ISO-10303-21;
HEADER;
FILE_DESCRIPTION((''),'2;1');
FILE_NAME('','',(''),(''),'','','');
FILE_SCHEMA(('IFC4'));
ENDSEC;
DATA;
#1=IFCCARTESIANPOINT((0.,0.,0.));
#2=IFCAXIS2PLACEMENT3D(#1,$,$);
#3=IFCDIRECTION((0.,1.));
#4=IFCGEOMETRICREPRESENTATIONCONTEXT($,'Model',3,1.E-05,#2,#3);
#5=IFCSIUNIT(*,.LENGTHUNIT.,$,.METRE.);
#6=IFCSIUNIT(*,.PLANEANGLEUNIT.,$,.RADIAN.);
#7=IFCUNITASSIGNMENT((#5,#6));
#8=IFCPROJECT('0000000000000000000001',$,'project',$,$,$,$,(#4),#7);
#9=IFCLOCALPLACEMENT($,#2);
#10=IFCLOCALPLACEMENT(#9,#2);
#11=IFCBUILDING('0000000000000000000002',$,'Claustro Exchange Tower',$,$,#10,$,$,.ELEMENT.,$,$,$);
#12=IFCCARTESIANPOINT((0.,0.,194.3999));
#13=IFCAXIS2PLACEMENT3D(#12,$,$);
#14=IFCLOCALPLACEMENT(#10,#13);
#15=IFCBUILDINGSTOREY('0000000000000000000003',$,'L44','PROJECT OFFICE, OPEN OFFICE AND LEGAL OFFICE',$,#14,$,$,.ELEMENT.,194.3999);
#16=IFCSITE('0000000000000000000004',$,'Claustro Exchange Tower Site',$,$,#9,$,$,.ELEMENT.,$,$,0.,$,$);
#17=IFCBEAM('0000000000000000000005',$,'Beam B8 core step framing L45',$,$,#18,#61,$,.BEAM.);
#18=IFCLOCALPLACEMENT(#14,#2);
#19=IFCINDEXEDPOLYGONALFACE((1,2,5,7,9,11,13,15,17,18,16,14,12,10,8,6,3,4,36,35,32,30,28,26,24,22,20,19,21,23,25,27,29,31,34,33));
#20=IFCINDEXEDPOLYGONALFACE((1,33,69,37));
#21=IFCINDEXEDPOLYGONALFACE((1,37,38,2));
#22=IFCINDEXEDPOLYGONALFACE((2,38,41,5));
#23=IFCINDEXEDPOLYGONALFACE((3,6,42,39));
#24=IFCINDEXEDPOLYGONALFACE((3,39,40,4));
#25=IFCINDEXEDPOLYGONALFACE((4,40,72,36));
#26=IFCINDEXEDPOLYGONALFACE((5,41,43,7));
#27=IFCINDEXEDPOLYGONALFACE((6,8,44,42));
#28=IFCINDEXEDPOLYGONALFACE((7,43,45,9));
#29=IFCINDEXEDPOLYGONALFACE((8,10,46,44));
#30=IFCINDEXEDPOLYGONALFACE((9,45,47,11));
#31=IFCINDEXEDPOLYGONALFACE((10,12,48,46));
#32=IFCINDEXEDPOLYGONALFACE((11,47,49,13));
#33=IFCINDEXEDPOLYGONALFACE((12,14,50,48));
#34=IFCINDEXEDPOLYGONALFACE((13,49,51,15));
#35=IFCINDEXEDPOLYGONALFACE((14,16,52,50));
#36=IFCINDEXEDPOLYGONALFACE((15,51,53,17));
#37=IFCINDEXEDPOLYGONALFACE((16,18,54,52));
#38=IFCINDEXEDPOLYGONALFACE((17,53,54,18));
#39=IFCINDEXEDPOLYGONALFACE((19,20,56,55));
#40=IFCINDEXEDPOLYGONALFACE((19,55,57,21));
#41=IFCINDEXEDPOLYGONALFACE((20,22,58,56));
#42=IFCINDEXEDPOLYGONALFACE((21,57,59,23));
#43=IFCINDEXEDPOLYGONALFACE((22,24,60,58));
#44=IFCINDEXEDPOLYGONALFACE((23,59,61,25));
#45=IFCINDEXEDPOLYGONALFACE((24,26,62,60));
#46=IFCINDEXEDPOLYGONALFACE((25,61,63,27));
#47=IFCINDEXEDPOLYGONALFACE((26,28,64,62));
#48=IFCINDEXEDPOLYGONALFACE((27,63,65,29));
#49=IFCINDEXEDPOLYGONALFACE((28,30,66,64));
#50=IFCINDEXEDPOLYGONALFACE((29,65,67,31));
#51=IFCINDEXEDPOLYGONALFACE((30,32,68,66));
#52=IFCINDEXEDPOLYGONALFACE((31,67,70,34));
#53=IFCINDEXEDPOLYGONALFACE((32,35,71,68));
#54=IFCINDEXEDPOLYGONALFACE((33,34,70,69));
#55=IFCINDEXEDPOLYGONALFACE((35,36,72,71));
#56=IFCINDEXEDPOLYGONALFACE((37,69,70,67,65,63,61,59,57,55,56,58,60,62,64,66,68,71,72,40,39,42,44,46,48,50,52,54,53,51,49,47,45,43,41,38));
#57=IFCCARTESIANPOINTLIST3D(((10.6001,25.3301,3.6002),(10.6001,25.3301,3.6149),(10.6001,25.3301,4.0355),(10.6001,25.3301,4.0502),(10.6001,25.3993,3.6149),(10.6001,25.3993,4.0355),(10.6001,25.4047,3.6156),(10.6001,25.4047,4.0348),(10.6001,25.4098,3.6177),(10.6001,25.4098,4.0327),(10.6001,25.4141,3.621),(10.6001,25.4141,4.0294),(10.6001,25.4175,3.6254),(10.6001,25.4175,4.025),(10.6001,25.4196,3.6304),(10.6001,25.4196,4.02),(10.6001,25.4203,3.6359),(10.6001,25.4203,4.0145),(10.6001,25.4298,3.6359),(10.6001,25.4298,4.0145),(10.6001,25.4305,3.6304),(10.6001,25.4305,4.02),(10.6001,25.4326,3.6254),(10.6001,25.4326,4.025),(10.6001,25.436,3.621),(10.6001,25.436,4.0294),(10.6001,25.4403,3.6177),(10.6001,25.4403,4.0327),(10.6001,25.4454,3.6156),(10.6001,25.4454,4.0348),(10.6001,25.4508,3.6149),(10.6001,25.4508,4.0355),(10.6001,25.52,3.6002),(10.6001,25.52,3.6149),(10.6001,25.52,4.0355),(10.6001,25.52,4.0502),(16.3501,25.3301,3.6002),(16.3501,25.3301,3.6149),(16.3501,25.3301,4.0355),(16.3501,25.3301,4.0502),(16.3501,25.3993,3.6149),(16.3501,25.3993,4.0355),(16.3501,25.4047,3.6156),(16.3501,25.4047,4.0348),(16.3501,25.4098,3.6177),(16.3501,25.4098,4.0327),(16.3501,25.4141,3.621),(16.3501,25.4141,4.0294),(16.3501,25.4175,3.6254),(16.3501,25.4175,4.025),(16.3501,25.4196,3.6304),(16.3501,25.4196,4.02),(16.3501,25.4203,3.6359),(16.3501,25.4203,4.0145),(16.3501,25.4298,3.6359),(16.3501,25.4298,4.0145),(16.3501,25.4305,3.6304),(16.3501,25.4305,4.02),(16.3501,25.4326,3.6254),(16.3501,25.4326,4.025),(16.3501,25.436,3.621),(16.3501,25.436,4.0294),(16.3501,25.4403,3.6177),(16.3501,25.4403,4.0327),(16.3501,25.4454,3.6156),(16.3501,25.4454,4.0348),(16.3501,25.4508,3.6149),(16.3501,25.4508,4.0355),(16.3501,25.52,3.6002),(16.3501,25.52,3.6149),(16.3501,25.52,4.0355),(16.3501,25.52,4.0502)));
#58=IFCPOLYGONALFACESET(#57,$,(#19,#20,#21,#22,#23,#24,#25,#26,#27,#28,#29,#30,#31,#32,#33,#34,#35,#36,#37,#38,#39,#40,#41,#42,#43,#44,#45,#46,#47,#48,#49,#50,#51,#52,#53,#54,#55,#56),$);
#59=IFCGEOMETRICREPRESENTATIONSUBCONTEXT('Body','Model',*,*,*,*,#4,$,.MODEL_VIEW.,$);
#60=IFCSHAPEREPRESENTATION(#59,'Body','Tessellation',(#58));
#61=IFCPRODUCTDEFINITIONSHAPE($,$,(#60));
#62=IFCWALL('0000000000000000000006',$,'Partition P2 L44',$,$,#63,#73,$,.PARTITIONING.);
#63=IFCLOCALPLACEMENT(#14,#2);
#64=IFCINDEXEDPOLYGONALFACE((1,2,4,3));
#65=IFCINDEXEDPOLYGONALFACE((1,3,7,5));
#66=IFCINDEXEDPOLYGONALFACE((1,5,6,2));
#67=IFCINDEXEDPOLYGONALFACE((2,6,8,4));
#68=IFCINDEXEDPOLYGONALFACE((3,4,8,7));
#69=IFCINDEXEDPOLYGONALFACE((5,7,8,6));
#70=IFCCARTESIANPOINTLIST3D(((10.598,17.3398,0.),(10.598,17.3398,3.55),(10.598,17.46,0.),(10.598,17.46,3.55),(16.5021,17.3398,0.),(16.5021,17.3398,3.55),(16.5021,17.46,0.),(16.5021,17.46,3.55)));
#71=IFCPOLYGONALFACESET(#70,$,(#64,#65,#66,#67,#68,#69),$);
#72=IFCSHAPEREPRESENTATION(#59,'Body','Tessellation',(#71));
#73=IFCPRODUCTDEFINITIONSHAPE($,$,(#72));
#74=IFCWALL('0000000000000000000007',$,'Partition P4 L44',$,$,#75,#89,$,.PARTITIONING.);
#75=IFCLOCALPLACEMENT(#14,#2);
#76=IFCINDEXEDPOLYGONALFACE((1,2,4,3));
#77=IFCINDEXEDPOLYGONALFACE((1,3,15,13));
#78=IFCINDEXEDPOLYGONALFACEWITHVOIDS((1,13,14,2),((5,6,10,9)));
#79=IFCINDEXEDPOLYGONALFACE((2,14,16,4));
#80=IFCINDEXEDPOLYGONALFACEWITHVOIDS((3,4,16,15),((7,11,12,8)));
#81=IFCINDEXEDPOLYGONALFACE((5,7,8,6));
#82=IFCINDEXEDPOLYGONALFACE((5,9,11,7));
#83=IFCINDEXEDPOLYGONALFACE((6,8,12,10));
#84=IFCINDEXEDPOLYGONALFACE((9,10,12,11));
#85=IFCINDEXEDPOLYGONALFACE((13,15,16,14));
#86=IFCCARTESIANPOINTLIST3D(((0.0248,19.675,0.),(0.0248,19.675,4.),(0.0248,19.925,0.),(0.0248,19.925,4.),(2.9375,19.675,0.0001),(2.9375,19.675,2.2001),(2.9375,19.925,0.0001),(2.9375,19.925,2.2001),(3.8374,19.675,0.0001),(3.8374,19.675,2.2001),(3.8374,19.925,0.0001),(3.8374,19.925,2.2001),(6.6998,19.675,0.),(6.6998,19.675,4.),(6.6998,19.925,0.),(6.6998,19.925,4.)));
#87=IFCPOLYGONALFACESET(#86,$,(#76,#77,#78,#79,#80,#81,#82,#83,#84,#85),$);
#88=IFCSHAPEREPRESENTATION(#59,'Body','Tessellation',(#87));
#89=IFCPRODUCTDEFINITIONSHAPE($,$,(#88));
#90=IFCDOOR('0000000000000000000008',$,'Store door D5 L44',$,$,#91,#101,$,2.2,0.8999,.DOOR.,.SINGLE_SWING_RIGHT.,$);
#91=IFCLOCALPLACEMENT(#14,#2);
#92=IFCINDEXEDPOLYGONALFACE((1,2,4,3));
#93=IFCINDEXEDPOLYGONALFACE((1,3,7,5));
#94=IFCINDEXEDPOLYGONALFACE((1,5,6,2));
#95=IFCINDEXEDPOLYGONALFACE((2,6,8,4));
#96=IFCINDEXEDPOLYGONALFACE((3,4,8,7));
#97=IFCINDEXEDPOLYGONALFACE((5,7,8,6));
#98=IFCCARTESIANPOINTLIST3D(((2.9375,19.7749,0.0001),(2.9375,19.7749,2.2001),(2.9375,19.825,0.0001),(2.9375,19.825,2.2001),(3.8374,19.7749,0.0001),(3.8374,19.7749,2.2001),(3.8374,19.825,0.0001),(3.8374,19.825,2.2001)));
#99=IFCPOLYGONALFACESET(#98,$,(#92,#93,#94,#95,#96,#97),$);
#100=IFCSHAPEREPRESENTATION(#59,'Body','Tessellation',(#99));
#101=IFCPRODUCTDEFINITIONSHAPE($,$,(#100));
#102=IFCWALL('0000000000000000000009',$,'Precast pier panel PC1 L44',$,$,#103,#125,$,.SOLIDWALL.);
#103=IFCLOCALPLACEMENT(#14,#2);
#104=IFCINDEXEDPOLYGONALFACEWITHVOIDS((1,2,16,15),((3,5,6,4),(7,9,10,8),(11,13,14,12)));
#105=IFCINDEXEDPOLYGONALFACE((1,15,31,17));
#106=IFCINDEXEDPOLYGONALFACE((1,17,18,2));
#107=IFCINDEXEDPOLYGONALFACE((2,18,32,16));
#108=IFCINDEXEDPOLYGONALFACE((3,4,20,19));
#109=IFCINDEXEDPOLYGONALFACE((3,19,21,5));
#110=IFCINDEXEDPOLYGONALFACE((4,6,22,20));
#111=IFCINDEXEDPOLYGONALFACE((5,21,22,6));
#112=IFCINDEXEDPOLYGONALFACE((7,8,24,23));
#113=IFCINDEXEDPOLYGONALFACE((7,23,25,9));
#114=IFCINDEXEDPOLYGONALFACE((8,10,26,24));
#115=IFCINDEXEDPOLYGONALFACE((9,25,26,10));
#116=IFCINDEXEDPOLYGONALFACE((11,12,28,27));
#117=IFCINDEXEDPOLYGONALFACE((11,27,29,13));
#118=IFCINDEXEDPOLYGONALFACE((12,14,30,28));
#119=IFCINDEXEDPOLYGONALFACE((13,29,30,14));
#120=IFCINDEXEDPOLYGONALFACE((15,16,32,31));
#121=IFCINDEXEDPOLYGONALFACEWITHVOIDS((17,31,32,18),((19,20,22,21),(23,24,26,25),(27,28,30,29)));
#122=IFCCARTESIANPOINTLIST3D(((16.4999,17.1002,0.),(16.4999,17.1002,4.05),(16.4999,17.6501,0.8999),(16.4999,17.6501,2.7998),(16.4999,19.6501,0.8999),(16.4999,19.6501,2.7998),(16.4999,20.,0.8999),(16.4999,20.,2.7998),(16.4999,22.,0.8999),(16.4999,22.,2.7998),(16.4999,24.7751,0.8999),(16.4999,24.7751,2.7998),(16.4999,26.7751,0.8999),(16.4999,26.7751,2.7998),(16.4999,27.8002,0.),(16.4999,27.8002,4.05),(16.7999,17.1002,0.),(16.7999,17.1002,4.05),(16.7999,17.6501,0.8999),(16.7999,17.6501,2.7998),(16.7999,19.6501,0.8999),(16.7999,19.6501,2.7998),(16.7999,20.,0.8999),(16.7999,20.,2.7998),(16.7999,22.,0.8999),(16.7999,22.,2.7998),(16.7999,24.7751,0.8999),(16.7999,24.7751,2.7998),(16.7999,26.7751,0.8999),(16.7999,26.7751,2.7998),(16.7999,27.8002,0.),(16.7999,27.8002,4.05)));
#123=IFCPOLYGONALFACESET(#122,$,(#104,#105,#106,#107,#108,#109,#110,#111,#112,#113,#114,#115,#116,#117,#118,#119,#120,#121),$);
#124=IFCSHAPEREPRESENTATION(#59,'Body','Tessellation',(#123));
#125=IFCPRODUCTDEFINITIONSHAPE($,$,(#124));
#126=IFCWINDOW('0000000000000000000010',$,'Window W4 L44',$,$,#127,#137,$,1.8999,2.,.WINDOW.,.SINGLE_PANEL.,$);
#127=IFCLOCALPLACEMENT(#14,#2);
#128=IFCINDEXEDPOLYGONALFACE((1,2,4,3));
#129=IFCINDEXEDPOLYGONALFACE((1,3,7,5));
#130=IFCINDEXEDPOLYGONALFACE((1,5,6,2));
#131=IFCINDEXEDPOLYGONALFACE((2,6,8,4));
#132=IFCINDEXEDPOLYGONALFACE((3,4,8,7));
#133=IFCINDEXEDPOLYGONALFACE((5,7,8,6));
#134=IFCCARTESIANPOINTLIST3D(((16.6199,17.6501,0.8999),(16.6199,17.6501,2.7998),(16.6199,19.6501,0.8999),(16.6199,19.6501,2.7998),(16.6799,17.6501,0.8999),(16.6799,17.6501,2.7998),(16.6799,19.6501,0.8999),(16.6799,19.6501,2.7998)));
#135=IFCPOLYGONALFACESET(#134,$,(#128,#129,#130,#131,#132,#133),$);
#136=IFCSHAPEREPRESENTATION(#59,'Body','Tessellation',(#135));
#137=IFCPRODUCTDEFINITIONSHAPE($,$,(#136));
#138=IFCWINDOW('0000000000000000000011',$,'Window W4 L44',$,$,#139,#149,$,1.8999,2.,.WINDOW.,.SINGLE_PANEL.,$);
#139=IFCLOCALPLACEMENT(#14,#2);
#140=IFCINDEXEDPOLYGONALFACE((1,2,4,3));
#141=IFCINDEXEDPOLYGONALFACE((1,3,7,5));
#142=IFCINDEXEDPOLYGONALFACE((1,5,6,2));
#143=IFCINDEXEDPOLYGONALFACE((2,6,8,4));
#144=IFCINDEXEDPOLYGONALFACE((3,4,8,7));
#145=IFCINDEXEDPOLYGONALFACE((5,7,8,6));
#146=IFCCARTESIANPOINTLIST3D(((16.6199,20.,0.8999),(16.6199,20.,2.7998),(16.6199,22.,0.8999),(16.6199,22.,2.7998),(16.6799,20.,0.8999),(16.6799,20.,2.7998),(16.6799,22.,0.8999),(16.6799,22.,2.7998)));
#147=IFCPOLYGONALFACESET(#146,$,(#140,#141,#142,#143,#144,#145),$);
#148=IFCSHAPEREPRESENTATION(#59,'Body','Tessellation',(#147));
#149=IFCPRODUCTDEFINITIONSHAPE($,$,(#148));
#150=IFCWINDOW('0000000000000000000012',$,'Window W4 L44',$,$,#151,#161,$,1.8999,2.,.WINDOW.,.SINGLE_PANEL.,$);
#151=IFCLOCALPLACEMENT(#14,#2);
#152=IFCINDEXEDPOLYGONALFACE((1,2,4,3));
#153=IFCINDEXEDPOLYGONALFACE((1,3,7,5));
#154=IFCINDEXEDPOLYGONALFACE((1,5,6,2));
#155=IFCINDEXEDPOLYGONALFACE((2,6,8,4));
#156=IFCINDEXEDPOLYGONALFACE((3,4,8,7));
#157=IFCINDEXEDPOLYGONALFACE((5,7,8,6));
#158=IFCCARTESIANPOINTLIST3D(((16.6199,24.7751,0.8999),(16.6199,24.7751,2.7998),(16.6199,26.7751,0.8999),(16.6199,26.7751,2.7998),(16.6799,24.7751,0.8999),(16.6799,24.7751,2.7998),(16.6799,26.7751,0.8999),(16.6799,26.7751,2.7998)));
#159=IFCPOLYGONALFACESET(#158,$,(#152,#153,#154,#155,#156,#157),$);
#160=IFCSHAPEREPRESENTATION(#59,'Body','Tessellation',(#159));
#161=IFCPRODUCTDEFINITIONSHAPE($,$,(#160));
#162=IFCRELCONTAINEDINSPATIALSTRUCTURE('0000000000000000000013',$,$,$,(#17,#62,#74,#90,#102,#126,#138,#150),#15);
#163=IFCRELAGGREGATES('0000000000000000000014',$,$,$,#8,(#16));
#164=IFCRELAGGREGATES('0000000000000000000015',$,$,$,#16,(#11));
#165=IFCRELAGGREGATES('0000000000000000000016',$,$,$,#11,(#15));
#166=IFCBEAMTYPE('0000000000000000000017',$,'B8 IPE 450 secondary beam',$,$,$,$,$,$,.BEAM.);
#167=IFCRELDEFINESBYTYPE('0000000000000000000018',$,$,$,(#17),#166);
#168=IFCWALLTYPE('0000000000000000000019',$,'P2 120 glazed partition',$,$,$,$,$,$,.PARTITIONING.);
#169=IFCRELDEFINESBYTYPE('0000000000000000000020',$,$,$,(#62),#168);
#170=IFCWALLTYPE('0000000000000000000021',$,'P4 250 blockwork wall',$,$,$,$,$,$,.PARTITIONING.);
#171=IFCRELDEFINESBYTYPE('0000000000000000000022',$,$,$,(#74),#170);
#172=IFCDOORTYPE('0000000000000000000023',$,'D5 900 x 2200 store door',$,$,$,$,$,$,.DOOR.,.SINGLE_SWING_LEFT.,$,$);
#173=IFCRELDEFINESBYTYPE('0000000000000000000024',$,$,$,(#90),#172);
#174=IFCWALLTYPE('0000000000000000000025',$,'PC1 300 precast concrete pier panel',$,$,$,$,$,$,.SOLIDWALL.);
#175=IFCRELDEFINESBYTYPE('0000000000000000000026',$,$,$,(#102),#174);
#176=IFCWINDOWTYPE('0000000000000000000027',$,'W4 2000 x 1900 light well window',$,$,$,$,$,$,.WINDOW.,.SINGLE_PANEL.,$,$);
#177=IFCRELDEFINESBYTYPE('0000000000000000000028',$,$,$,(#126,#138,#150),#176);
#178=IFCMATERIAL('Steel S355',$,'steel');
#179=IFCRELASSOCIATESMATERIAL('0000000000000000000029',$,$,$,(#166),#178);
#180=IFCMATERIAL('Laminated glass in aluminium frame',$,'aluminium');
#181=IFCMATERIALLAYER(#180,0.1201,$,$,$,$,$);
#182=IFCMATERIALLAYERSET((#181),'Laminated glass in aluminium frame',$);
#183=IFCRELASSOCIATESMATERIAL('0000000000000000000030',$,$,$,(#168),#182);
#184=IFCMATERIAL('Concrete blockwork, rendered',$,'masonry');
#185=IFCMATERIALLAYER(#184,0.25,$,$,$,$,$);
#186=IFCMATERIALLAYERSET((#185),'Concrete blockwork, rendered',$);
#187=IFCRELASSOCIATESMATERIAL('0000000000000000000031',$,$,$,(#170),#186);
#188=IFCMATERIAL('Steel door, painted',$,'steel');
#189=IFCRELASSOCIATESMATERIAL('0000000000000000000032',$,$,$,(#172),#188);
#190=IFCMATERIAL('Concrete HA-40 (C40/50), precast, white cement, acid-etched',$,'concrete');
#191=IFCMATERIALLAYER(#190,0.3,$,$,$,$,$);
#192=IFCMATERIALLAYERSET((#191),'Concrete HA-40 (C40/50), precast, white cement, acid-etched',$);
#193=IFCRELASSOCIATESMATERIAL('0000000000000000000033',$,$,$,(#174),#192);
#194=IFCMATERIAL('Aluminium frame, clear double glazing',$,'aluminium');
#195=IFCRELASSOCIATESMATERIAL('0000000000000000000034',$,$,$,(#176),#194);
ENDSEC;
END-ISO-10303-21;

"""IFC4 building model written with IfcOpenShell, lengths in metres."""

from ifc_helpers import new_model, si_unit, direction, frame, frame_2d, origin, origin_2d, place, context, subcontext, project, spatial, rectangle, i_section, extrude, material, layer, layer_set, material_profile, profile_set, type_object, element, fill, save


model = new_model("IFC4")

# Units and contexts
model_context = context("Model", 3, precision=1e-05, world=origin(), true_north=direction((0.0, 1.0)))
body_context = subcontext(model_context, "Body", "Model", "MODEL_VIEW")
ifc_project = project(units=[si_unit("LENGTHUNIT", "METRE"), si_unit("PLANEANGLEUNIT", "RADIAN")], contexts=[model_context])

# Site, building, storey
site_placement = place(None, origin())
site = spatial("IfcSite", under=ifc_project, at=site_placement, Name="Claustro Exchange Tower Site", CompositionType="ELEMENT", RefElevation=0.0)
building_placement = place(site_placement, origin())
building = spatial("IfcBuilding", under=site, at=building_placement, Name="Claustro Exchange Tower", CompositionType="ELEMENT")
storey_placement = place(building_placement, frame((0.0, 0.0, 194.3999)))
storey = spatial("IfcBuildingStorey", under=building, at=storey_placement, Name="L44", Description="PROJECT OFFICE, OPEN OFFICE AND LEGAL OFFICE", CompositionType="ELEMENT", Elevation=194.3999)

# Beam
ifc_material_1 = material(Name="Steel S355", Category="steel")
ifc_material_profile_1 = material_profile(ifc_material_1, i_section(OverallWidth=0.1899, OverallDepth=0.45, WebThickness=0.0095, FlangeThickness=0.0146, FilletRadius=0.021, at=origin_2d()), Name="IPE 450")
ifc_profile_set_1 = profile_set([ifc_material_profile_1], Name="Steel S355")
beam_type_1 = type_object("IfcBeamType", Name="B8 IPE 450 secondary beam", PredefinedType="BEAM", material=ifc_profile_set_1)
for number, where, z_axis, x_axis, name in (
    (1, (10.6001, 25.425, 3.8252), (1.0, 0.0, 0.0), (0.0, 1.0, 0.0), "Beam B8 core step framing L45"),
):
    element("IfcBeam", number, at=place(storey_placement, frame(where, z_axis=z_axis, x_axis=x_axis)), inside=storey, type_object=beam_type_1, Name=name, PredefinedType="BEAM", context=body_context, shape_type="SweptSolid", body=[
        extrude(i_section(OverallWidth=0.1899, OverallDepth=0.45, WebThickness=0.0095, FlangeThickness=0.0146, FilletRadius=0.021, at=origin_2d()), origin(), (0.0, 0.0, 1.0), 5.75),
    ])

# Wall
ifc_material_2 = material(Name="Laminated glass in aluminium frame", Category="aluminium")
ifc_layer_1 = layer(ifc_material_2, 0.1201)
ifc_layer_set_1 = layer_set([ifc_layer_1], Name="Laminated glass in aluminium frame")
wall_type_1 = type_object("IfcWallType", Name="P2 120 glazed partition", PredefinedType="PARTITIONING", material=ifc_layer_set_1)
wall_1_placement = place(storey_placement, frame((10.5979, 17.3999, 0.0), z_axis=(0.0, 0.0, 1.0), x_axis=(1.0, 0.0, 0.0)))
element("IfcWall", 2, at=wall_1_placement, inside=storey, type_object=wall_type_1, Name="Partition P2 L44", PredefinedType="PARTITIONING", context=body_context, shape_type="SweptSolid", body=[
    extrude(rectangle(XDim=5.9041, YDim=0.1201, at=frame_2d((2.9521, 0.0))), origin(), (0.0, 0.0, 1.0), 3.55),
])

# Wall, opening, door
ifc_material_3 = material(Name="Concrete blockwork, rendered", Category="masonry")
ifc_layer_2 = layer(ifc_material_3, 0.25)
ifc_layer_set_2 = layer_set([ifc_layer_2], Name="Concrete blockwork, rendered")
wall_type_2 = type_object("IfcWallType", Name="P4 250 blockwork wall", PredefinedType="PARTITIONING", material=ifc_layer_set_2)
wall_2_placement = place(storey_placement, frame((0.0249, 19.8, 0.0), z_axis=(0.0, 0.0, 1.0), x_axis=(1.0, 0.0, 0.0)))
wall_2 = element("IfcWall", 3, at=wall_2_placement, inside=storey, type_object=wall_type_2, Name="Partition P4 L44", PredefinedType="PARTITIONING", context=body_context, shape_type="SweptSolid", body=[
    extrude(rectangle(XDim=6.675, YDim=0.25, at=frame_2d((3.3374, 0.0))), origin(), (0.0, 0.0, 1.0), 4.0),
])
opening_1_placement = place(wall_2_placement, frame((2.9126, 0.0, 0.0)))
opening_1 = element("IfcOpeningElement", 4, at=opening_1_placement, cuts=wall_2, PredefinedType="OPENING", context=body_context, shape_type="SweptSolid", body=[
    extrude(rectangle(XDim=0.8999, YDim=2.2, at=frame_2d((0.45, 1.1001))), frame((0.0, 0.135, 0.0), z_axis=(0.0, -1.0, 0.0), x_axis=(1.0, 0.0, 0.0)), (0.0, 0.0, 1.0), 0.27),
])
ifc_material_4 = material(Name="Steel door, painted", Category="steel")
door_type = type_object("IfcDoorType", Name="D5 900 x 2200 store door", OperationType="SINGLE_SWING_LEFT", PredefinedType="DOOR", material=ifc_material_4)
door_placement = place(opening_1_placement, origin())
door = element("IfcDoor", 5, at=door_placement, inside=storey, type_object=door_type, Name="Store door D5 L44", OperationType="SINGLE_SWING_RIGHT", OverallHeight=2.2, OverallWidth=0.8999, PredefinedType="DOOR", context=body_context, shape_type="SweptSolid", body=[
    extrude(rectangle(XDim=0.8999, YDim=2.2, at=frame_2d((0.45, 1.1001))), frame((0.0, 0.0249, 0.0), z_axis=(0.0, -1.0, 0.0), x_axis=(1.0, 0.0, 0.0)), (0.0, 0.0, 1.0), 0.05),
])
fill(opening_1, door)

# Wall, openings, windows
ifc_material_5 = material(Name="Concrete HA-40 (C40/50), precast, white cement, acid-etched", Category="concrete")
ifc_layer_3 = layer(ifc_material_5, 0.3)
ifc_layer_set_3 = layer_set([ifc_layer_3], Name="Concrete HA-40 (C40/50), precast, white cement, acid-etched")
wall_type_3 = type_object("IfcWallType", Name="PC1 300 precast concrete pier panel", PredefinedType="SOLIDWALL", material=ifc_layer_set_3)
wall_3_placement = place(storey_placement, frame((16.6499, 17.1001, 0.0), z_axis=(0.0, 0.0, 1.0), x_axis=(0.0, 1.0, 0.0)))
wall_3 = element("IfcWall", 6, at=wall_3_placement, inside=storey, type_object=wall_type_3, Name="Precast pier panel PC1 L44", PredefinedType="SOLIDWALL", context=body_context, shape_type="SweptSolid", body=[
    extrude(rectangle(XDim=10.7, YDim=0.3, at=frame_2d((5.3501, 0.0))), origin(), (0.0, 0.0, 1.0), 4.05),
])
opening_2_placement = place(wall_3_placement, frame((0.55, 0.0, 0.8999)))
opening_2 = element("IfcOpeningElement", 7, at=opening_2_placement, cuts=wall_3, PredefinedType="OPENING", context=body_context, shape_type="SweptSolid", body=[
    extrude(rectangle(XDim=2.0, YDim=1.8999, at=frame_2d((1.0, 0.95))), frame((0.0, 0.1599, 0.0), z_axis=(0.0, -1.0, 0.0), x_axis=(1.0, 0.0, 0.0)), (0.0, 0.0, 1.0), 0.3201),
])
opening_3_placement = place(wall_3_placement, frame((2.8999, 0.0, 0.8999)))
opening_3 = element("IfcOpeningElement", 8, at=opening_3_placement, cuts=wall_3, PredefinedType="OPENING", context=body_context, shape_type="SweptSolid", body=[
    extrude(rectangle(XDim=2.0, YDim=1.8999, at=frame_2d((1.0, 0.95))), frame((0.0, 0.1599, 0.0), z_axis=(0.0, -1.0, 0.0), x_axis=(1.0, 0.0, 0.0)), (0.0, 0.0, 1.0), 0.3201),
])
opening_4_placement = place(wall_3_placement, frame((7.675, 0.0, 0.8999)))
opening_4 = element("IfcOpeningElement", 9, at=opening_4_placement, cuts=wall_3, PredefinedType="OPENING", context=body_context, shape_type="SweptSolid", body=[
    extrude(rectangle(XDim=2.0, YDim=1.8999, at=frame_2d((1.0, 0.95))), frame((0.0, 0.1599, 0.0), z_axis=(0.0, -1.0, 0.0), x_axis=(1.0, 0.0, 0.0)), (0.0, 0.0, 1.0), 0.3201),
])
ifc_material_6 = material(Name="Aluminium frame, clear double glazing", Category="aluminium")
window_type = type_object("IfcWindowType", Name="W4 2000 x 1900 light well window", PartitioningType="SINGLE_PANEL", PredefinedType="WINDOW", material=ifc_material_6)
window_1_placement = place(opening_2_placement, origin())
window_1 = element("IfcWindow", 10, at=window_1_placement, inside=storey, type_object=window_type, Name="Window W4 L44", OverallHeight=1.8999, OverallWidth=2.0, PartitioningType="SINGLE_PANEL", PredefinedType="WINDOW", context=body_context, shape_type="SweptSolid", body=[
    extrude(rectangle(XDim=2.0, YDim=1.8999, at=frame_2d((1.0, 0.95))), frame((0.0, 0.03, 0.0), z_axis=(0.0, -1.0, 0.0), x_axis=(1.0, 0.0, 0.0)), (0.0, 0.0, 1.0), 0.0601),
])
fill(opening_2, window_1)
window_2_placement = place(opening_3_placement, origin())
window_2 = element("IfcWindow", 11, at=window_2_placement, inside=storey, type_object=window_type, Name="Window W4 L44", OverallHeight=1.8999, OverallWidth=2.0, PartitioningType="SINGLE_PANEL", PredefinedType="WINDOW", context=body_context, shape_type="SweptSolid", body=[
    extrude(rectangle(XDim=2.0, YDim=1.8999, at=frame_2d((1.0, 0.95))), frame((0.0, 0.03, 0.0), z_axis=(0.0, -1.0, 0.0), x_axis=(1.0, 0.0, 0.0)), (0.0, 0.0, 1.0), 0.0601),
])
fill(opening_3, window_2)
window_3_placement = place(opening_4_placement, origin())
window_3 = element("IfcWindow", 12, at=window_3_placement, inside=storey, type_object=window_type, Name="Window W4 L44", OverallHeight=1.8999, OverallWidth=2.0, PartitioningType="SINGLE_PANEL", PredefinedType="WINDOW", context=body_context, shape_type="SweptSolid", body=[
    extrude(rectangle(XDim=2.0, YDim=1.8999, at=frame_2d((1.0, 0.95))), frame((0.0, 0.03, 0.0), z_axis=(0.0, -1.0, 0.0), x_axis=(1.0, 0.0, 0.0)), (0.0, 0.0, 1.0), 0.0601),
])
fill(opening_4, window_3)

save(model, "model.ifc")
